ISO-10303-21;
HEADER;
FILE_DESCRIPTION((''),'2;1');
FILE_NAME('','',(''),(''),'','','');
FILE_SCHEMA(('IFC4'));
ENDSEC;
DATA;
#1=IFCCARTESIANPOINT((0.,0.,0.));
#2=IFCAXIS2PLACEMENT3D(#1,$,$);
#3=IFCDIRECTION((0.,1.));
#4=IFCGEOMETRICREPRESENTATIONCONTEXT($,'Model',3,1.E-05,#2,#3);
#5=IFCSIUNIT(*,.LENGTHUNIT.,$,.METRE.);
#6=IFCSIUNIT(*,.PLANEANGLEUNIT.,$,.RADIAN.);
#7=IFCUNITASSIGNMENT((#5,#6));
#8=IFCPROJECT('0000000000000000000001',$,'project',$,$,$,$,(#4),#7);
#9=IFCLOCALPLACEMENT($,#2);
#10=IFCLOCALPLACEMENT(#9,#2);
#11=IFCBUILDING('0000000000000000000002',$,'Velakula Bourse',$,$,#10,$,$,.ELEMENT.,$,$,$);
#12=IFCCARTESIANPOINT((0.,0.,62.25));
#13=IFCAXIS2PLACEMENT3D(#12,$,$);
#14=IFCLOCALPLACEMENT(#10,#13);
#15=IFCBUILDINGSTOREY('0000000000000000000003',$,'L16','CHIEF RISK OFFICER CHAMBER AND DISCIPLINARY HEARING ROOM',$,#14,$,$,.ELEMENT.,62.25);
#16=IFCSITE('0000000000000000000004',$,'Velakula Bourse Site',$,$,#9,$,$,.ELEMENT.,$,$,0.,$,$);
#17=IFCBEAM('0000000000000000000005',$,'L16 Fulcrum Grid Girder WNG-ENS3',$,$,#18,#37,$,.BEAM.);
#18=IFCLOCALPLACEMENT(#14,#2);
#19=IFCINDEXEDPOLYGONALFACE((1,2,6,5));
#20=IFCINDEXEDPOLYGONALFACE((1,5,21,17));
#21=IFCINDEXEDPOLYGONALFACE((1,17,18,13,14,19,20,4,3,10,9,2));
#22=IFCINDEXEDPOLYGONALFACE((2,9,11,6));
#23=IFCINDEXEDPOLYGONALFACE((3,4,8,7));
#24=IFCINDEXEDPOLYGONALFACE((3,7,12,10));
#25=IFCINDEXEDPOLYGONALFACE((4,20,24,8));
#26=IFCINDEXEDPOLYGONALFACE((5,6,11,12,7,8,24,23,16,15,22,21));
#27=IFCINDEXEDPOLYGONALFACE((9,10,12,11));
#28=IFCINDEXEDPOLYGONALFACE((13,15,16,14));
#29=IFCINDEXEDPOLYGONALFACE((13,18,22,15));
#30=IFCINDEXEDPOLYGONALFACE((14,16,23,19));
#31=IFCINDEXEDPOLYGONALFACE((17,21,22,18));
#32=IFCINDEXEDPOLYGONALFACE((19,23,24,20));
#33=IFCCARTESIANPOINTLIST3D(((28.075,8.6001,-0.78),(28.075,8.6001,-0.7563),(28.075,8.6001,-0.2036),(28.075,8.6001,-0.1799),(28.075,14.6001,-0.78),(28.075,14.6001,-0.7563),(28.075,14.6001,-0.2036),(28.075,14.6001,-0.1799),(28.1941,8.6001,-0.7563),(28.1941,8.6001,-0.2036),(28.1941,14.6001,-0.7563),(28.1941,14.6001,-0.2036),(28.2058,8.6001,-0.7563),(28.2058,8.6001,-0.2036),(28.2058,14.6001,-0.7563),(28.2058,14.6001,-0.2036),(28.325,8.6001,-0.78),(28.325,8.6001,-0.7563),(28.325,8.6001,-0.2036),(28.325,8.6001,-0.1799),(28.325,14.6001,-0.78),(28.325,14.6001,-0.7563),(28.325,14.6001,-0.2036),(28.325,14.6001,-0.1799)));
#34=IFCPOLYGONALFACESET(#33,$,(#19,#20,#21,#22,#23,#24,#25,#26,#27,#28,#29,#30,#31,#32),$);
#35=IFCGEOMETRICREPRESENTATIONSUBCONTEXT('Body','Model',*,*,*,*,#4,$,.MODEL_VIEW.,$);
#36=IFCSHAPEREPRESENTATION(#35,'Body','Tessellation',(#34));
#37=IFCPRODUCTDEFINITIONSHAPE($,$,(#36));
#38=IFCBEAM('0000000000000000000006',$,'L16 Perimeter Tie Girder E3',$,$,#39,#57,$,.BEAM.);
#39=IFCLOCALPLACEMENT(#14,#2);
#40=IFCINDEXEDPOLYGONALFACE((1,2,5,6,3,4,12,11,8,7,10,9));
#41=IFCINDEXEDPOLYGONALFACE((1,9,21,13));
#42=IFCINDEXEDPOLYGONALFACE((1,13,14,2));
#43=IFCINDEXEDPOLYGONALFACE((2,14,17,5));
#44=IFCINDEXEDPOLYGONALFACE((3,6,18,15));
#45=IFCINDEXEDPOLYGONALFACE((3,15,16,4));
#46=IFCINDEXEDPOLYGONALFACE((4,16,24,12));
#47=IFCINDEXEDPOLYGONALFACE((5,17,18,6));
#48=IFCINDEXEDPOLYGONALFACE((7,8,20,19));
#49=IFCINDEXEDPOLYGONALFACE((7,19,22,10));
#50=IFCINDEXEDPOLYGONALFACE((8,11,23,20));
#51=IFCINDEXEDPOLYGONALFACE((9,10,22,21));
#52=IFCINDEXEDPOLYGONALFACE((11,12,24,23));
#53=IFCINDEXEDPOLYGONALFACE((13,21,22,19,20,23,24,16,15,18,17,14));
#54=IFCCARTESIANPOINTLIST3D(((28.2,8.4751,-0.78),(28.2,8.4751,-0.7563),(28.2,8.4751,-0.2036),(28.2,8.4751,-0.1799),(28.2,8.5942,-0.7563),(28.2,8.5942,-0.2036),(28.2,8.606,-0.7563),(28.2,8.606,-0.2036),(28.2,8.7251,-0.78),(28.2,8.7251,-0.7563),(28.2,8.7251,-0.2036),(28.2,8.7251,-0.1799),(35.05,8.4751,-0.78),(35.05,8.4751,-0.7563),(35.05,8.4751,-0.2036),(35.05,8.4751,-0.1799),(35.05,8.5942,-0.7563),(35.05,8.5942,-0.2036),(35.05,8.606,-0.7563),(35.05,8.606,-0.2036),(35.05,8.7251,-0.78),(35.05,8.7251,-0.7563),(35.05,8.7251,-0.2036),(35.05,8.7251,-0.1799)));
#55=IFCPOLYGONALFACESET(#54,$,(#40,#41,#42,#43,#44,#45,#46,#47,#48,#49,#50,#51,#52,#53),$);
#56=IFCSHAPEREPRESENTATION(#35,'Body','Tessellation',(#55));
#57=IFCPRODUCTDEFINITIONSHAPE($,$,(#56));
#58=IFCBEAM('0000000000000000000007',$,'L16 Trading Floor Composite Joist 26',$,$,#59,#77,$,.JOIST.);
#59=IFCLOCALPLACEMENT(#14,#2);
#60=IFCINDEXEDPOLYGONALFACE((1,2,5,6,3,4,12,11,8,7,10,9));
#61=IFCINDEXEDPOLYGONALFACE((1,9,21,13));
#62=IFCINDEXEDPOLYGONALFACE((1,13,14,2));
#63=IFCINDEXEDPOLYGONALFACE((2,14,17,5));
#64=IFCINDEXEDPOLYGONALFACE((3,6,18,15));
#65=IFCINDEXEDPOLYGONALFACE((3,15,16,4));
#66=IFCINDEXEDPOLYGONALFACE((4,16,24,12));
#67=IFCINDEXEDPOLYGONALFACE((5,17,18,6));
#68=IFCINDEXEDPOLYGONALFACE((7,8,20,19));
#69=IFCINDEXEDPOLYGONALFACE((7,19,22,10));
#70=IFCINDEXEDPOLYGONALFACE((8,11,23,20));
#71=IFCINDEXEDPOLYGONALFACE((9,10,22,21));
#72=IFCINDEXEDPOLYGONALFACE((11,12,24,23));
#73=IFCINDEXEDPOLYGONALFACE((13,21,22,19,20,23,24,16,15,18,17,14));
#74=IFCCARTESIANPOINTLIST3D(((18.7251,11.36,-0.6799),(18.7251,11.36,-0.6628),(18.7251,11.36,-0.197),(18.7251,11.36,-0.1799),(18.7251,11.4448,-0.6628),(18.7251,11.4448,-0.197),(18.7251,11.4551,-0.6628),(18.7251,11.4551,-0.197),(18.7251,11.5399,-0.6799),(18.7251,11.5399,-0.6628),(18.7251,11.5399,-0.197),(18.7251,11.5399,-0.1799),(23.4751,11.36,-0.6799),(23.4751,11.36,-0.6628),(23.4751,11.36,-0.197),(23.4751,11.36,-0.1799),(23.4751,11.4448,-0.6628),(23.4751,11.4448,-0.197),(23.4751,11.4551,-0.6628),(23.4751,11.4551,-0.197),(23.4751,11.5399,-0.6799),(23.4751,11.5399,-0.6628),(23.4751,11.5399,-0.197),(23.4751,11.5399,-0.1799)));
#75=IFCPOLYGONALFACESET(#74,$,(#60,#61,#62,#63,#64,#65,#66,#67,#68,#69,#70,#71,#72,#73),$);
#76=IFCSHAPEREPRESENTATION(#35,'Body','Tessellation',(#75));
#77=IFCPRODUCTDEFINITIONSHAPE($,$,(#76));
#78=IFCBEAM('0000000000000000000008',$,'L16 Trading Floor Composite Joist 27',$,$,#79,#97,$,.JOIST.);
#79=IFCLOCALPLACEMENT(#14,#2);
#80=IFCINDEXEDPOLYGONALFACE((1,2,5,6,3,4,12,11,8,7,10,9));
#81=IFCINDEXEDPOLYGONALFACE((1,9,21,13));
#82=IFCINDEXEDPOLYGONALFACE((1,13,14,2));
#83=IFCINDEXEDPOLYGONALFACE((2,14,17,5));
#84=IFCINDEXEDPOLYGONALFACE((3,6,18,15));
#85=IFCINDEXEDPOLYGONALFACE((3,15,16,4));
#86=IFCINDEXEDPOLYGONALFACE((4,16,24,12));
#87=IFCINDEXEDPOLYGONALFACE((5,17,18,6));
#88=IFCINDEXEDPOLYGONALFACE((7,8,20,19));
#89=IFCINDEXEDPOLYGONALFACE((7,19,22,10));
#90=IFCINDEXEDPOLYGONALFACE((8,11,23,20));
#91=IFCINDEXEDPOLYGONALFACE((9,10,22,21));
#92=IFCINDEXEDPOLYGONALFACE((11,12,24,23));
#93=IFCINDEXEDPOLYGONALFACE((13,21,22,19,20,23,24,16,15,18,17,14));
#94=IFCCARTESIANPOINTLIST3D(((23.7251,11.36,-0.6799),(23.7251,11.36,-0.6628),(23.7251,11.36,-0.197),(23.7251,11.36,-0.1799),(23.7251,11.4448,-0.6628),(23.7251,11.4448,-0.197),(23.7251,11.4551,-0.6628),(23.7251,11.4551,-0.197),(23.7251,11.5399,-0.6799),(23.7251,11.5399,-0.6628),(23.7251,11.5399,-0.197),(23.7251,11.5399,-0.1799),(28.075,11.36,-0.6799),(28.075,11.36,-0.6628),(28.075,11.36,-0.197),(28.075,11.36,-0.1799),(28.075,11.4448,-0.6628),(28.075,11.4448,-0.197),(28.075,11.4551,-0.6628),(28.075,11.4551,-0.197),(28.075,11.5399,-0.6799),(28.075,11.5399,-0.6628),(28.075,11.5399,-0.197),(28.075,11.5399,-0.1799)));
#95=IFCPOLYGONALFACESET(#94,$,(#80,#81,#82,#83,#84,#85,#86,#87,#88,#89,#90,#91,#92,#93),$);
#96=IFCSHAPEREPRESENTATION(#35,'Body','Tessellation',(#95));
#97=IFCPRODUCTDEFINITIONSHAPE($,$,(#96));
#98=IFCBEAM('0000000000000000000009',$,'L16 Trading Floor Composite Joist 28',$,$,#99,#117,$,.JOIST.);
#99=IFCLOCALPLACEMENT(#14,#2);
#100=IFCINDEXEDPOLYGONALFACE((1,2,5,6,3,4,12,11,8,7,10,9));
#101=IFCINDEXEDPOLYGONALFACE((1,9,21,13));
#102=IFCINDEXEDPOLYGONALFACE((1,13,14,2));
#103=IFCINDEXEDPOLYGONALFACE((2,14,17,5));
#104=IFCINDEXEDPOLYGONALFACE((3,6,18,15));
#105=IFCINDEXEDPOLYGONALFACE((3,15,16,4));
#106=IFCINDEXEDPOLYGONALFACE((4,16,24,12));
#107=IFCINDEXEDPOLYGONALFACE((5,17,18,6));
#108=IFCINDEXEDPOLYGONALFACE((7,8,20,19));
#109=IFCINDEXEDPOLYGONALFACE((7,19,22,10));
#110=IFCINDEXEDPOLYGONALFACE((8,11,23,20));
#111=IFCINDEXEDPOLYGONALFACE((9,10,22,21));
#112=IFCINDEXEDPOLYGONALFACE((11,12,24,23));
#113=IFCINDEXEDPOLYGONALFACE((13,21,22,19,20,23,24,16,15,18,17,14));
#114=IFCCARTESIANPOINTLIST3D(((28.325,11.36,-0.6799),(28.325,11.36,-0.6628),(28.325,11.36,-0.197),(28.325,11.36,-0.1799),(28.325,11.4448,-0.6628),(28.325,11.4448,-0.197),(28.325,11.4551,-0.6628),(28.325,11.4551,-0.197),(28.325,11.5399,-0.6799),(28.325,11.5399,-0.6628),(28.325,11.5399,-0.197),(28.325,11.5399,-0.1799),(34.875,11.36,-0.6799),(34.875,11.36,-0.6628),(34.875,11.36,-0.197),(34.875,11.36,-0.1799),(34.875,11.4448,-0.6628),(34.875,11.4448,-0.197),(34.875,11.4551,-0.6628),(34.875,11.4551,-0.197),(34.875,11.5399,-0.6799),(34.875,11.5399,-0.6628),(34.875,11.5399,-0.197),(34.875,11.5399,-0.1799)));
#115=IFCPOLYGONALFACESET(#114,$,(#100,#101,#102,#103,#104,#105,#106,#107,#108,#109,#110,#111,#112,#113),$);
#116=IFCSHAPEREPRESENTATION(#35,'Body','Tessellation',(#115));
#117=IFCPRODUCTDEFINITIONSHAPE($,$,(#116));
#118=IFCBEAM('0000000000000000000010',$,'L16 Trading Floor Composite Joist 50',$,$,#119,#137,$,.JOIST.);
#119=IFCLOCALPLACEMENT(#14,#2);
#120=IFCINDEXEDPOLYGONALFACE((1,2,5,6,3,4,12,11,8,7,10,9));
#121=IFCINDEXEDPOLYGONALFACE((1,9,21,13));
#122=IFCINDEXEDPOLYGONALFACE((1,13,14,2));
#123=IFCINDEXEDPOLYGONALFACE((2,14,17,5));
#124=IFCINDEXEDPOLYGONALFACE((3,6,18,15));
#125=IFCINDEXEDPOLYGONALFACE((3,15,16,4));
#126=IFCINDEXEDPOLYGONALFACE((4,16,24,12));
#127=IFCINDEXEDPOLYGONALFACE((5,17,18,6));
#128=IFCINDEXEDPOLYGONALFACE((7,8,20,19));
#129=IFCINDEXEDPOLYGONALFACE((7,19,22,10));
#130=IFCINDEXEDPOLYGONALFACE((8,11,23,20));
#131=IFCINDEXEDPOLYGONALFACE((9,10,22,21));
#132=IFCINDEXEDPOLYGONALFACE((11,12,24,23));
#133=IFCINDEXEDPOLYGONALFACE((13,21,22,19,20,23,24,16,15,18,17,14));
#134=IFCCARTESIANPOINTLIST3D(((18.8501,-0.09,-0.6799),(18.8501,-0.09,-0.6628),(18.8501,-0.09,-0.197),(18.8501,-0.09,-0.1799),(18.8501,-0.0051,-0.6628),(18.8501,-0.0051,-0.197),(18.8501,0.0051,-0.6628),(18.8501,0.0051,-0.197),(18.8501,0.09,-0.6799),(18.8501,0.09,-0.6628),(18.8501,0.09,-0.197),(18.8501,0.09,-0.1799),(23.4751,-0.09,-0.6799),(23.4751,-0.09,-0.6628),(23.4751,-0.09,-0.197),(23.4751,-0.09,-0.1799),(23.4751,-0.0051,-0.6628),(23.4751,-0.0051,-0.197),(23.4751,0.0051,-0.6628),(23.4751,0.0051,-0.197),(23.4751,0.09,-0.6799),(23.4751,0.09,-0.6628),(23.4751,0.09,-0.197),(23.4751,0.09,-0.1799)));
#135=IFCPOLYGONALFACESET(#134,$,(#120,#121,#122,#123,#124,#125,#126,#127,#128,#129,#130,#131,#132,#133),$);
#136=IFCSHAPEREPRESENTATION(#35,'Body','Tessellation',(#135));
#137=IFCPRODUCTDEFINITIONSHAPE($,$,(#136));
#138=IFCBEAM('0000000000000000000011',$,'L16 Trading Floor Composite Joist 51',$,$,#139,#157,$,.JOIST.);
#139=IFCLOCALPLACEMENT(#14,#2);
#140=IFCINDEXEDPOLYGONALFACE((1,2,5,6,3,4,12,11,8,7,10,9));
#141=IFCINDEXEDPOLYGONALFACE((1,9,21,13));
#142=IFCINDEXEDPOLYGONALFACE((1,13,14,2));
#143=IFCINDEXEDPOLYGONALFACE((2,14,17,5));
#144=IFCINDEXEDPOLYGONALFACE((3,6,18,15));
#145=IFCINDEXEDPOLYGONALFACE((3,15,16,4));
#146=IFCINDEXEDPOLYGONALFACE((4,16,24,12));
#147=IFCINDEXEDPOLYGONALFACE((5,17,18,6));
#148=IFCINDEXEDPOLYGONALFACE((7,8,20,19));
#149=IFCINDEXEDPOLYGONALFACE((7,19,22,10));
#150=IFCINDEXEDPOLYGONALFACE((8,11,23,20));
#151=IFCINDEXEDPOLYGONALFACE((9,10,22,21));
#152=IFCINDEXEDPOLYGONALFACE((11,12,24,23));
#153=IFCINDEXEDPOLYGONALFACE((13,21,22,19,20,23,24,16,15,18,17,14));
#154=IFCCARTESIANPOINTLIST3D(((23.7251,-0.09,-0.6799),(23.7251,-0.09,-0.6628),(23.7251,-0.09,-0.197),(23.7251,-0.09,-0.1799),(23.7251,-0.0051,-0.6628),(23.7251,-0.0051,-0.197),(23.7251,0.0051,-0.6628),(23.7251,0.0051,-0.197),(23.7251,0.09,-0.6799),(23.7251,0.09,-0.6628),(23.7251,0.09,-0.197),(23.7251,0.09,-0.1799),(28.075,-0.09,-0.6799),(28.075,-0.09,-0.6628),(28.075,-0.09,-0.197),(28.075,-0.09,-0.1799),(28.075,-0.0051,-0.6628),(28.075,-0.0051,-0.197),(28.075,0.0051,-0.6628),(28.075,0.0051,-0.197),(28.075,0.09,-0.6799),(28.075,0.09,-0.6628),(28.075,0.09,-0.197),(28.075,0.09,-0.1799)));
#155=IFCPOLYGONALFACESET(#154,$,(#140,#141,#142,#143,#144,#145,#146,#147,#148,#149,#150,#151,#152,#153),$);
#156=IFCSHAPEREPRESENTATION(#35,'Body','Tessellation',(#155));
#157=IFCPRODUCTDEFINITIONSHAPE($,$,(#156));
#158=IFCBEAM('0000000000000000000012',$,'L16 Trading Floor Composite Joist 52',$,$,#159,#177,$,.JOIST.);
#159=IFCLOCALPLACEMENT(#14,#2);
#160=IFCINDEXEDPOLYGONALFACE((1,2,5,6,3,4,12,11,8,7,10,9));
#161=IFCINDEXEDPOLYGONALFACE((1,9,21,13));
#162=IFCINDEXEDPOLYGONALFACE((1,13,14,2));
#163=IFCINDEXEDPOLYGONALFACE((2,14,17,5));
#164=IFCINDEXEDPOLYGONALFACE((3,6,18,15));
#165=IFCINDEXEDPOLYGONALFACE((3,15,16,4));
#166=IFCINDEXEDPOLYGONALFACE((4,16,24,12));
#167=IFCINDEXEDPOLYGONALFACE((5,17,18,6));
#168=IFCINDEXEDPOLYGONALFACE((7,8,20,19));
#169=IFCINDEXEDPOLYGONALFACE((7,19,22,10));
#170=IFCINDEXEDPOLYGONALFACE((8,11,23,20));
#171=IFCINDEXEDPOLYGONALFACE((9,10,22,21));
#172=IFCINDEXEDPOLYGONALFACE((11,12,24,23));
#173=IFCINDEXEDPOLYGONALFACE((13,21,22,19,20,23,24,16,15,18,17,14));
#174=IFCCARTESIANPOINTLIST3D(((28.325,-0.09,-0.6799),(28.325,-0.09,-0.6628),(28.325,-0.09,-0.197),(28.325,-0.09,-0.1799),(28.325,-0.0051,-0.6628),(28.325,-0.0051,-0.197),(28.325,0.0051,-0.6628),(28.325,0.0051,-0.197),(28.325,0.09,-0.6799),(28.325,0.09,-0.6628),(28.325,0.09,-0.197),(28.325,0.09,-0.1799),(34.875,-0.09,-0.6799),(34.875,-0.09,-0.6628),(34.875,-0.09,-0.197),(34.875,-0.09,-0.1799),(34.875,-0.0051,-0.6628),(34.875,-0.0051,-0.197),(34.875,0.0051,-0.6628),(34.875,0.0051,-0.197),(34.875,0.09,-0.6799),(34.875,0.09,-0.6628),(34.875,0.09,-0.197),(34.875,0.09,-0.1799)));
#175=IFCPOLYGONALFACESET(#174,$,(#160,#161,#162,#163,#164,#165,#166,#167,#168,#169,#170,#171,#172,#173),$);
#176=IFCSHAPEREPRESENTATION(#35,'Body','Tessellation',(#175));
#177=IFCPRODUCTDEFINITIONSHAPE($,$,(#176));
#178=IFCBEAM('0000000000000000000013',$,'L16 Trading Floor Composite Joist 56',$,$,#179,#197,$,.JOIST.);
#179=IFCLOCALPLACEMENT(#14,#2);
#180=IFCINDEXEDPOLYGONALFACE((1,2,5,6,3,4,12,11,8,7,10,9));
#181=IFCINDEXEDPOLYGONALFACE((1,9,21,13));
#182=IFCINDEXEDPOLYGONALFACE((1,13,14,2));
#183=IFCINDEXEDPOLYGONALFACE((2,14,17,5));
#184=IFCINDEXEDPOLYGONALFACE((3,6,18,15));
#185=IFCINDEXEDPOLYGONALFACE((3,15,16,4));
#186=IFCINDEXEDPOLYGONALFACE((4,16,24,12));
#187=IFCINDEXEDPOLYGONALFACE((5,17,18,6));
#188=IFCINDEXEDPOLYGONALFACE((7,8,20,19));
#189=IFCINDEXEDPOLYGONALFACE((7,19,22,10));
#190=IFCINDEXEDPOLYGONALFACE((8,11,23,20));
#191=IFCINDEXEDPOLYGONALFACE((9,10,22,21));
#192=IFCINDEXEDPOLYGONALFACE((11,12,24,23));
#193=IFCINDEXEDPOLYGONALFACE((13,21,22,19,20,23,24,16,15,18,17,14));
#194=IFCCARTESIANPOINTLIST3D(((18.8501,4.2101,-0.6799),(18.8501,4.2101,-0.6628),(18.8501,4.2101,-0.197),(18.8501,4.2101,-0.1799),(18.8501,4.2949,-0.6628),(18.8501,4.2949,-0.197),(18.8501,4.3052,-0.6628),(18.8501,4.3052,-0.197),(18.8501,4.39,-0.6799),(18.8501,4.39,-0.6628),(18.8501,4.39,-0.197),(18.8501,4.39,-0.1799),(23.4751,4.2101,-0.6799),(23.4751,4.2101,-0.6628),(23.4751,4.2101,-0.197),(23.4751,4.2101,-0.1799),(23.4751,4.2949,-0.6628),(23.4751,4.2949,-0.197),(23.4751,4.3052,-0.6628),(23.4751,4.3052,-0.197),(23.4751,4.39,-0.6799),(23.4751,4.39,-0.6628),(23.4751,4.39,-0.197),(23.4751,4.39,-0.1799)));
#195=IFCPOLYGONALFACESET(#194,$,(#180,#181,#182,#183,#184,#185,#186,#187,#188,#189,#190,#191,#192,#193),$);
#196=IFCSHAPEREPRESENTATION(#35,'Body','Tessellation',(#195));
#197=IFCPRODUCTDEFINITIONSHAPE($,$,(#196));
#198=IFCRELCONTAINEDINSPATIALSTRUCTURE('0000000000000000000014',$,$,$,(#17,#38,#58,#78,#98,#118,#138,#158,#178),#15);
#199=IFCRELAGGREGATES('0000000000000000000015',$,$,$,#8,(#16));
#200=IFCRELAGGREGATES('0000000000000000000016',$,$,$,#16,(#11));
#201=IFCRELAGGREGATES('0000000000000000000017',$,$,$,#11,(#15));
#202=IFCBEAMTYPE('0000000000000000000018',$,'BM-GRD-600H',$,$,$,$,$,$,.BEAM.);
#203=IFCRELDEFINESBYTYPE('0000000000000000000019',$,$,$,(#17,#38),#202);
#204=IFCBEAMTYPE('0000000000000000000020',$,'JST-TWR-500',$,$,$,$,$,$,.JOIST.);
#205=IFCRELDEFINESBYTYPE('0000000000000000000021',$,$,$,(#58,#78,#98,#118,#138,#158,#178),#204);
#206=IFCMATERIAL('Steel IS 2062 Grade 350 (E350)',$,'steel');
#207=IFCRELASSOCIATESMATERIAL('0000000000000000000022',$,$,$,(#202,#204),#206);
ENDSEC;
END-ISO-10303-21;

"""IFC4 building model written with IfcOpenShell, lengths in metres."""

from ifc_helpers import new_model, si_unit, direction, frame, origin, origin_2d, place, context, subcontext, project, spatial, i_section, extrude, material, material_profile, profile_set, type_object, element, save


model = new_model("IFC4")

# Units and contexts
model_context = context("Model", 3, precision=1e-05, world=origin(), true_north=direction((0.0, 1.0)))
body_context = subcontext(model_context, "Body", "Model", "MODEL_VIEW")
ifc_project = project(units=[si_unit("LENGTHUNIT", "METRE"), si_unit("PLANEANGLEUNIT", "RADIAN")], contexts=[model_context])

# Site, building, storey
site_placement = place(None, origin())
site = spatial("IfcSite", under=ifc_project, at=site_placement, Name="Velakula Bourse Site", CompositionType="ELEMENT", RefElevation=0.0)
building_placement = place(site_placement, origin())
building = spatial("IfcBuilding", under=site, at=building_placement, Name="Velakula Bourse", CompositionType="ELEMENT")
storey_placement = place(building_placement, frame((0.0, 0.0, 62.25)))
storey = spatial("IfcBuildingStorey", under=building, at=storey_placement, Name="L16", Description="CHIEF RISK OFFICER CHAMBER AND DISCIPLINARY HEARING ROOM", CompositionType="ELEMENT", Elevation=62.25)

# Beams
ifc_material_1 = material(Name="Steel IS 2062 Grade 350 (E350)", Category="steel")
ifc_material_profile_1 = material_profile(ifc_material_1, i_section(OverallWidth=0.25, OverallDepth=0.6001, WebThickness=0.0117, FlangeThickness=0.0237, at=origin_2d()), Name="Steel IS 2062 Grade 350 (E350)")
ifc_profile_set_1 = profile_set([ifc_material_profile_1], Name="Steel IS 2062 Grade 350 (E350)")
beam_type_1 = type_object("IfcBeamType", Name="BM-GRD-600H", PredefinedType="BEAM", material=ifc_profile_set_1)
beam_1_placement = place(storey_placement, frame((28.2, 8.6001, -0.48), z_axis=(0.0, 1.0, 0.0), x_axis=(-1.0, 0.0, 0.0)))
element("IfcBeam", 1, at=beam_1_placement, inside=storey, type_object=beam_type_1, Name="L16 Fulcrum Grid Girder WNG-ENS3", PredefinedType="BEAM", context=body_context, shape_type="SweptSolid", body=[
    extrude(i_section(OverallWidth=0.25, OverallDepth=0.6001, WebThickness=0.0117, FlangeThickness=0.0237, at=origin_2d()), origin(), (0.0, 0.0, 1.0), 6.0),
])
beam_2_placement = place(storey_placement, frame((28.2, 8.6001, -0.48), z_axis=(1.0, 0.0, 0.0), x_axis=(0.0, 1.0, 0.0)))
element("IfcBeam", 2, at=beam_2_placement, inside=storey, type_object=beam_type_1, Name="L16 Perimeter Tie Girder E3", PredefinedType="BEAM", context=body_context, shape_type="SweptSolid", body=[
    extrude(i_section(OverallWidth=0.25, OverallDepth=0.6001, WebThickness=0.0117, FlangeThickness=0.0237, at=origin_2d()), origin(), (0.0, 0.0, 1.0), 6.8501),
])
ifc_material_profile_2 = material_profile(ifc_material_1, i_section(OverallWidth=0.1799, OverallDepth=0.5, WebThickness=0.0103, FlangeThickness=0.0171, at=origin_2d()), Name="Steel IS 2062 Grade 350 (E350)")
ifc_profile_set_2 = profile_set([ifc_material_profile_2], Name="Steel IS 2062 Grade 350 (E350)")
beam_type_2 = type_object("IfcBeamType", Name="JST-TWR-500", PredefinedType="JOIST", material=ifc_profile_set_2)
beam_3_placement = place(storey_placement, frame((18.7251, 11.45, -0.4299), z_axis=(1.0, 0.0, 0.0), x_axis=(0.0, 1.0, 0.0)))
element("IfcBeam", 3, at=beam_3_placement, inside=storey, type_object=beam_type_2, Name="L16 Trading Floor Composite Joist 26", PredefinedType="JOIST", context=body_context, shape_type="SweptSolid", body=[
    extrude(i_section(OverallWidth=0.1799, OverallDepth=0.5, WebThickness=0.0103, FlangeThickness=0.0171, at=origin_2d()), origin(), (0.0, 0.0, 1.0), 4.75),
])
beam_4_placement = place(storey_placement, frame((23.7251, 11.45, -0.4299), z_axis=(1.0, 0.0, 0.0), x_axis=(0.0, 1.0, 0.0)))
element("IfcBeam", 4, at=beam_4_placement, inside=storey, type_object=beam_type_2, Name="L16 Trading Floor Composite Joist 27", PredefinedType="JOIST", context=body_context, shape_type="SweptSolid", body=[
    extrude(i_section(OverallWidth=0.1799, OverallDepth=0.5, WebThickness=0.0103, FlangeThickness=0.0171, at=origin_2d()), origin(), (0.0, 0.0, 1.0), 4.3499),
])
beam_5_placement = place(storey_placement, frame((28.325, 11.45, -0.4299), z_axis=(1.0, 0.0, 0.0), x_axis=(0.0, 1.0, 0.0)))
element("IfcBeam", 5, at=beam_5_placement, inside=storey, type_object=beam_type_2, Name="L16 Trading Floor Composite Joist 28", PredefinedType="JOIST", context=body_context, shape_type="SweptSolid", body=[
    extrude(i_section(OverallWidth=0.1799, OverallDepth=0.5, WebThickness=0.0103, FlangeThickness=0.0171, at=origin_2d()), origin(), (0.0, 0.0, 1.0), 6.55),
])
beam_6_placement = place(storey_placement, frame((18.8501, 0.0, -0.4299), z_axis=(1.0, 0.0, 0.0), x_axis=(0.0, 1.0, 0.0)))
element("IfcBeam", 6, at=beam_6_placement, inside=storey, type_object=beam_type_2, Name="L16 Trading Floor Composite Joist 50", PredefinedType="JOIST", context=body_context, shape_type="SweptSolid", body=[
    extrude(i_section(OverallWidth=0.1799, OverallDepth=0.5, WebThickness=0.0103, FlangeThickness=0.0171, at=origin_2d()), origin(), (0.0, 0.0, 1.0), 4.625),
])
beam_7_placement = place(storey_placement, frame((23.7251, 0.0, -0.4299), z_axis=(1.0, 0.0, 0.0), x_axis=(0.0, 1.0, 0.0)))
element("IfcBeam", 7, at=beam_7_placement, inside=storey, type_object=beam_type_2, Name="L16 Trading Floor Composite Joist 51", PredefinedType="JOIST", context=body_context, shape_type="SweptSolid", body=[
    extrude(i_section(OverallWidth=0.1799, OverallDepth=0.5, WebThickness=0.0103, FlangeThickness=0.0171, at=origin_2d()), origin(), (0.0, 0.0, 1.0), 4.3499),
])
beam_8_placement = place(storey_placement, frame((28.325, 0.0, -0.4299), z_axis=(1.0, 0.0, 0.0), x_axis=(0.0, 1.0, 0.0)))
element("IfcBeam", 8, at=beam_8_placement, inside=storey, type_object=beam_type_2, Name="L16 Trading Floor Composite Joist 52", PredefinedType="JOIST", context=body_context, shape_type="SweptSolid", body=[
    extrude(i_section(OverallWidth=0.1799, OverallDepth=0.5, WebThickness=0.0103, FlangeThickness=0.0171, at=origin_2d()), origin(), (0.0, 0.0, 1.0), 6.55),
])
beam_9_placement = place(storey_placement, frame((18.8501, 4.3, -0.4299), z_axis=(1.0, 0.0, 0.0), x_axis=(0.0, 1.0, 0.0)))
element("IfcBeam", 9, at=beam_9_placement, inside=storey, type_object=beam_type_2, Name="L16 Trading Floor Composite Joist 56", PredefinedType="JOIST", context=body_context, shape_type="SweptSolid", body=[
    extrude(i_section(OverallWidth=0.1799, OverallDepth=0.5, WebThickness=0.0103, FlangeThickness=0.0171, at=origin_2d()), origin(), (0.0, 0.0, 1.0), 4.625),
])

save(model, "model.ifc")
